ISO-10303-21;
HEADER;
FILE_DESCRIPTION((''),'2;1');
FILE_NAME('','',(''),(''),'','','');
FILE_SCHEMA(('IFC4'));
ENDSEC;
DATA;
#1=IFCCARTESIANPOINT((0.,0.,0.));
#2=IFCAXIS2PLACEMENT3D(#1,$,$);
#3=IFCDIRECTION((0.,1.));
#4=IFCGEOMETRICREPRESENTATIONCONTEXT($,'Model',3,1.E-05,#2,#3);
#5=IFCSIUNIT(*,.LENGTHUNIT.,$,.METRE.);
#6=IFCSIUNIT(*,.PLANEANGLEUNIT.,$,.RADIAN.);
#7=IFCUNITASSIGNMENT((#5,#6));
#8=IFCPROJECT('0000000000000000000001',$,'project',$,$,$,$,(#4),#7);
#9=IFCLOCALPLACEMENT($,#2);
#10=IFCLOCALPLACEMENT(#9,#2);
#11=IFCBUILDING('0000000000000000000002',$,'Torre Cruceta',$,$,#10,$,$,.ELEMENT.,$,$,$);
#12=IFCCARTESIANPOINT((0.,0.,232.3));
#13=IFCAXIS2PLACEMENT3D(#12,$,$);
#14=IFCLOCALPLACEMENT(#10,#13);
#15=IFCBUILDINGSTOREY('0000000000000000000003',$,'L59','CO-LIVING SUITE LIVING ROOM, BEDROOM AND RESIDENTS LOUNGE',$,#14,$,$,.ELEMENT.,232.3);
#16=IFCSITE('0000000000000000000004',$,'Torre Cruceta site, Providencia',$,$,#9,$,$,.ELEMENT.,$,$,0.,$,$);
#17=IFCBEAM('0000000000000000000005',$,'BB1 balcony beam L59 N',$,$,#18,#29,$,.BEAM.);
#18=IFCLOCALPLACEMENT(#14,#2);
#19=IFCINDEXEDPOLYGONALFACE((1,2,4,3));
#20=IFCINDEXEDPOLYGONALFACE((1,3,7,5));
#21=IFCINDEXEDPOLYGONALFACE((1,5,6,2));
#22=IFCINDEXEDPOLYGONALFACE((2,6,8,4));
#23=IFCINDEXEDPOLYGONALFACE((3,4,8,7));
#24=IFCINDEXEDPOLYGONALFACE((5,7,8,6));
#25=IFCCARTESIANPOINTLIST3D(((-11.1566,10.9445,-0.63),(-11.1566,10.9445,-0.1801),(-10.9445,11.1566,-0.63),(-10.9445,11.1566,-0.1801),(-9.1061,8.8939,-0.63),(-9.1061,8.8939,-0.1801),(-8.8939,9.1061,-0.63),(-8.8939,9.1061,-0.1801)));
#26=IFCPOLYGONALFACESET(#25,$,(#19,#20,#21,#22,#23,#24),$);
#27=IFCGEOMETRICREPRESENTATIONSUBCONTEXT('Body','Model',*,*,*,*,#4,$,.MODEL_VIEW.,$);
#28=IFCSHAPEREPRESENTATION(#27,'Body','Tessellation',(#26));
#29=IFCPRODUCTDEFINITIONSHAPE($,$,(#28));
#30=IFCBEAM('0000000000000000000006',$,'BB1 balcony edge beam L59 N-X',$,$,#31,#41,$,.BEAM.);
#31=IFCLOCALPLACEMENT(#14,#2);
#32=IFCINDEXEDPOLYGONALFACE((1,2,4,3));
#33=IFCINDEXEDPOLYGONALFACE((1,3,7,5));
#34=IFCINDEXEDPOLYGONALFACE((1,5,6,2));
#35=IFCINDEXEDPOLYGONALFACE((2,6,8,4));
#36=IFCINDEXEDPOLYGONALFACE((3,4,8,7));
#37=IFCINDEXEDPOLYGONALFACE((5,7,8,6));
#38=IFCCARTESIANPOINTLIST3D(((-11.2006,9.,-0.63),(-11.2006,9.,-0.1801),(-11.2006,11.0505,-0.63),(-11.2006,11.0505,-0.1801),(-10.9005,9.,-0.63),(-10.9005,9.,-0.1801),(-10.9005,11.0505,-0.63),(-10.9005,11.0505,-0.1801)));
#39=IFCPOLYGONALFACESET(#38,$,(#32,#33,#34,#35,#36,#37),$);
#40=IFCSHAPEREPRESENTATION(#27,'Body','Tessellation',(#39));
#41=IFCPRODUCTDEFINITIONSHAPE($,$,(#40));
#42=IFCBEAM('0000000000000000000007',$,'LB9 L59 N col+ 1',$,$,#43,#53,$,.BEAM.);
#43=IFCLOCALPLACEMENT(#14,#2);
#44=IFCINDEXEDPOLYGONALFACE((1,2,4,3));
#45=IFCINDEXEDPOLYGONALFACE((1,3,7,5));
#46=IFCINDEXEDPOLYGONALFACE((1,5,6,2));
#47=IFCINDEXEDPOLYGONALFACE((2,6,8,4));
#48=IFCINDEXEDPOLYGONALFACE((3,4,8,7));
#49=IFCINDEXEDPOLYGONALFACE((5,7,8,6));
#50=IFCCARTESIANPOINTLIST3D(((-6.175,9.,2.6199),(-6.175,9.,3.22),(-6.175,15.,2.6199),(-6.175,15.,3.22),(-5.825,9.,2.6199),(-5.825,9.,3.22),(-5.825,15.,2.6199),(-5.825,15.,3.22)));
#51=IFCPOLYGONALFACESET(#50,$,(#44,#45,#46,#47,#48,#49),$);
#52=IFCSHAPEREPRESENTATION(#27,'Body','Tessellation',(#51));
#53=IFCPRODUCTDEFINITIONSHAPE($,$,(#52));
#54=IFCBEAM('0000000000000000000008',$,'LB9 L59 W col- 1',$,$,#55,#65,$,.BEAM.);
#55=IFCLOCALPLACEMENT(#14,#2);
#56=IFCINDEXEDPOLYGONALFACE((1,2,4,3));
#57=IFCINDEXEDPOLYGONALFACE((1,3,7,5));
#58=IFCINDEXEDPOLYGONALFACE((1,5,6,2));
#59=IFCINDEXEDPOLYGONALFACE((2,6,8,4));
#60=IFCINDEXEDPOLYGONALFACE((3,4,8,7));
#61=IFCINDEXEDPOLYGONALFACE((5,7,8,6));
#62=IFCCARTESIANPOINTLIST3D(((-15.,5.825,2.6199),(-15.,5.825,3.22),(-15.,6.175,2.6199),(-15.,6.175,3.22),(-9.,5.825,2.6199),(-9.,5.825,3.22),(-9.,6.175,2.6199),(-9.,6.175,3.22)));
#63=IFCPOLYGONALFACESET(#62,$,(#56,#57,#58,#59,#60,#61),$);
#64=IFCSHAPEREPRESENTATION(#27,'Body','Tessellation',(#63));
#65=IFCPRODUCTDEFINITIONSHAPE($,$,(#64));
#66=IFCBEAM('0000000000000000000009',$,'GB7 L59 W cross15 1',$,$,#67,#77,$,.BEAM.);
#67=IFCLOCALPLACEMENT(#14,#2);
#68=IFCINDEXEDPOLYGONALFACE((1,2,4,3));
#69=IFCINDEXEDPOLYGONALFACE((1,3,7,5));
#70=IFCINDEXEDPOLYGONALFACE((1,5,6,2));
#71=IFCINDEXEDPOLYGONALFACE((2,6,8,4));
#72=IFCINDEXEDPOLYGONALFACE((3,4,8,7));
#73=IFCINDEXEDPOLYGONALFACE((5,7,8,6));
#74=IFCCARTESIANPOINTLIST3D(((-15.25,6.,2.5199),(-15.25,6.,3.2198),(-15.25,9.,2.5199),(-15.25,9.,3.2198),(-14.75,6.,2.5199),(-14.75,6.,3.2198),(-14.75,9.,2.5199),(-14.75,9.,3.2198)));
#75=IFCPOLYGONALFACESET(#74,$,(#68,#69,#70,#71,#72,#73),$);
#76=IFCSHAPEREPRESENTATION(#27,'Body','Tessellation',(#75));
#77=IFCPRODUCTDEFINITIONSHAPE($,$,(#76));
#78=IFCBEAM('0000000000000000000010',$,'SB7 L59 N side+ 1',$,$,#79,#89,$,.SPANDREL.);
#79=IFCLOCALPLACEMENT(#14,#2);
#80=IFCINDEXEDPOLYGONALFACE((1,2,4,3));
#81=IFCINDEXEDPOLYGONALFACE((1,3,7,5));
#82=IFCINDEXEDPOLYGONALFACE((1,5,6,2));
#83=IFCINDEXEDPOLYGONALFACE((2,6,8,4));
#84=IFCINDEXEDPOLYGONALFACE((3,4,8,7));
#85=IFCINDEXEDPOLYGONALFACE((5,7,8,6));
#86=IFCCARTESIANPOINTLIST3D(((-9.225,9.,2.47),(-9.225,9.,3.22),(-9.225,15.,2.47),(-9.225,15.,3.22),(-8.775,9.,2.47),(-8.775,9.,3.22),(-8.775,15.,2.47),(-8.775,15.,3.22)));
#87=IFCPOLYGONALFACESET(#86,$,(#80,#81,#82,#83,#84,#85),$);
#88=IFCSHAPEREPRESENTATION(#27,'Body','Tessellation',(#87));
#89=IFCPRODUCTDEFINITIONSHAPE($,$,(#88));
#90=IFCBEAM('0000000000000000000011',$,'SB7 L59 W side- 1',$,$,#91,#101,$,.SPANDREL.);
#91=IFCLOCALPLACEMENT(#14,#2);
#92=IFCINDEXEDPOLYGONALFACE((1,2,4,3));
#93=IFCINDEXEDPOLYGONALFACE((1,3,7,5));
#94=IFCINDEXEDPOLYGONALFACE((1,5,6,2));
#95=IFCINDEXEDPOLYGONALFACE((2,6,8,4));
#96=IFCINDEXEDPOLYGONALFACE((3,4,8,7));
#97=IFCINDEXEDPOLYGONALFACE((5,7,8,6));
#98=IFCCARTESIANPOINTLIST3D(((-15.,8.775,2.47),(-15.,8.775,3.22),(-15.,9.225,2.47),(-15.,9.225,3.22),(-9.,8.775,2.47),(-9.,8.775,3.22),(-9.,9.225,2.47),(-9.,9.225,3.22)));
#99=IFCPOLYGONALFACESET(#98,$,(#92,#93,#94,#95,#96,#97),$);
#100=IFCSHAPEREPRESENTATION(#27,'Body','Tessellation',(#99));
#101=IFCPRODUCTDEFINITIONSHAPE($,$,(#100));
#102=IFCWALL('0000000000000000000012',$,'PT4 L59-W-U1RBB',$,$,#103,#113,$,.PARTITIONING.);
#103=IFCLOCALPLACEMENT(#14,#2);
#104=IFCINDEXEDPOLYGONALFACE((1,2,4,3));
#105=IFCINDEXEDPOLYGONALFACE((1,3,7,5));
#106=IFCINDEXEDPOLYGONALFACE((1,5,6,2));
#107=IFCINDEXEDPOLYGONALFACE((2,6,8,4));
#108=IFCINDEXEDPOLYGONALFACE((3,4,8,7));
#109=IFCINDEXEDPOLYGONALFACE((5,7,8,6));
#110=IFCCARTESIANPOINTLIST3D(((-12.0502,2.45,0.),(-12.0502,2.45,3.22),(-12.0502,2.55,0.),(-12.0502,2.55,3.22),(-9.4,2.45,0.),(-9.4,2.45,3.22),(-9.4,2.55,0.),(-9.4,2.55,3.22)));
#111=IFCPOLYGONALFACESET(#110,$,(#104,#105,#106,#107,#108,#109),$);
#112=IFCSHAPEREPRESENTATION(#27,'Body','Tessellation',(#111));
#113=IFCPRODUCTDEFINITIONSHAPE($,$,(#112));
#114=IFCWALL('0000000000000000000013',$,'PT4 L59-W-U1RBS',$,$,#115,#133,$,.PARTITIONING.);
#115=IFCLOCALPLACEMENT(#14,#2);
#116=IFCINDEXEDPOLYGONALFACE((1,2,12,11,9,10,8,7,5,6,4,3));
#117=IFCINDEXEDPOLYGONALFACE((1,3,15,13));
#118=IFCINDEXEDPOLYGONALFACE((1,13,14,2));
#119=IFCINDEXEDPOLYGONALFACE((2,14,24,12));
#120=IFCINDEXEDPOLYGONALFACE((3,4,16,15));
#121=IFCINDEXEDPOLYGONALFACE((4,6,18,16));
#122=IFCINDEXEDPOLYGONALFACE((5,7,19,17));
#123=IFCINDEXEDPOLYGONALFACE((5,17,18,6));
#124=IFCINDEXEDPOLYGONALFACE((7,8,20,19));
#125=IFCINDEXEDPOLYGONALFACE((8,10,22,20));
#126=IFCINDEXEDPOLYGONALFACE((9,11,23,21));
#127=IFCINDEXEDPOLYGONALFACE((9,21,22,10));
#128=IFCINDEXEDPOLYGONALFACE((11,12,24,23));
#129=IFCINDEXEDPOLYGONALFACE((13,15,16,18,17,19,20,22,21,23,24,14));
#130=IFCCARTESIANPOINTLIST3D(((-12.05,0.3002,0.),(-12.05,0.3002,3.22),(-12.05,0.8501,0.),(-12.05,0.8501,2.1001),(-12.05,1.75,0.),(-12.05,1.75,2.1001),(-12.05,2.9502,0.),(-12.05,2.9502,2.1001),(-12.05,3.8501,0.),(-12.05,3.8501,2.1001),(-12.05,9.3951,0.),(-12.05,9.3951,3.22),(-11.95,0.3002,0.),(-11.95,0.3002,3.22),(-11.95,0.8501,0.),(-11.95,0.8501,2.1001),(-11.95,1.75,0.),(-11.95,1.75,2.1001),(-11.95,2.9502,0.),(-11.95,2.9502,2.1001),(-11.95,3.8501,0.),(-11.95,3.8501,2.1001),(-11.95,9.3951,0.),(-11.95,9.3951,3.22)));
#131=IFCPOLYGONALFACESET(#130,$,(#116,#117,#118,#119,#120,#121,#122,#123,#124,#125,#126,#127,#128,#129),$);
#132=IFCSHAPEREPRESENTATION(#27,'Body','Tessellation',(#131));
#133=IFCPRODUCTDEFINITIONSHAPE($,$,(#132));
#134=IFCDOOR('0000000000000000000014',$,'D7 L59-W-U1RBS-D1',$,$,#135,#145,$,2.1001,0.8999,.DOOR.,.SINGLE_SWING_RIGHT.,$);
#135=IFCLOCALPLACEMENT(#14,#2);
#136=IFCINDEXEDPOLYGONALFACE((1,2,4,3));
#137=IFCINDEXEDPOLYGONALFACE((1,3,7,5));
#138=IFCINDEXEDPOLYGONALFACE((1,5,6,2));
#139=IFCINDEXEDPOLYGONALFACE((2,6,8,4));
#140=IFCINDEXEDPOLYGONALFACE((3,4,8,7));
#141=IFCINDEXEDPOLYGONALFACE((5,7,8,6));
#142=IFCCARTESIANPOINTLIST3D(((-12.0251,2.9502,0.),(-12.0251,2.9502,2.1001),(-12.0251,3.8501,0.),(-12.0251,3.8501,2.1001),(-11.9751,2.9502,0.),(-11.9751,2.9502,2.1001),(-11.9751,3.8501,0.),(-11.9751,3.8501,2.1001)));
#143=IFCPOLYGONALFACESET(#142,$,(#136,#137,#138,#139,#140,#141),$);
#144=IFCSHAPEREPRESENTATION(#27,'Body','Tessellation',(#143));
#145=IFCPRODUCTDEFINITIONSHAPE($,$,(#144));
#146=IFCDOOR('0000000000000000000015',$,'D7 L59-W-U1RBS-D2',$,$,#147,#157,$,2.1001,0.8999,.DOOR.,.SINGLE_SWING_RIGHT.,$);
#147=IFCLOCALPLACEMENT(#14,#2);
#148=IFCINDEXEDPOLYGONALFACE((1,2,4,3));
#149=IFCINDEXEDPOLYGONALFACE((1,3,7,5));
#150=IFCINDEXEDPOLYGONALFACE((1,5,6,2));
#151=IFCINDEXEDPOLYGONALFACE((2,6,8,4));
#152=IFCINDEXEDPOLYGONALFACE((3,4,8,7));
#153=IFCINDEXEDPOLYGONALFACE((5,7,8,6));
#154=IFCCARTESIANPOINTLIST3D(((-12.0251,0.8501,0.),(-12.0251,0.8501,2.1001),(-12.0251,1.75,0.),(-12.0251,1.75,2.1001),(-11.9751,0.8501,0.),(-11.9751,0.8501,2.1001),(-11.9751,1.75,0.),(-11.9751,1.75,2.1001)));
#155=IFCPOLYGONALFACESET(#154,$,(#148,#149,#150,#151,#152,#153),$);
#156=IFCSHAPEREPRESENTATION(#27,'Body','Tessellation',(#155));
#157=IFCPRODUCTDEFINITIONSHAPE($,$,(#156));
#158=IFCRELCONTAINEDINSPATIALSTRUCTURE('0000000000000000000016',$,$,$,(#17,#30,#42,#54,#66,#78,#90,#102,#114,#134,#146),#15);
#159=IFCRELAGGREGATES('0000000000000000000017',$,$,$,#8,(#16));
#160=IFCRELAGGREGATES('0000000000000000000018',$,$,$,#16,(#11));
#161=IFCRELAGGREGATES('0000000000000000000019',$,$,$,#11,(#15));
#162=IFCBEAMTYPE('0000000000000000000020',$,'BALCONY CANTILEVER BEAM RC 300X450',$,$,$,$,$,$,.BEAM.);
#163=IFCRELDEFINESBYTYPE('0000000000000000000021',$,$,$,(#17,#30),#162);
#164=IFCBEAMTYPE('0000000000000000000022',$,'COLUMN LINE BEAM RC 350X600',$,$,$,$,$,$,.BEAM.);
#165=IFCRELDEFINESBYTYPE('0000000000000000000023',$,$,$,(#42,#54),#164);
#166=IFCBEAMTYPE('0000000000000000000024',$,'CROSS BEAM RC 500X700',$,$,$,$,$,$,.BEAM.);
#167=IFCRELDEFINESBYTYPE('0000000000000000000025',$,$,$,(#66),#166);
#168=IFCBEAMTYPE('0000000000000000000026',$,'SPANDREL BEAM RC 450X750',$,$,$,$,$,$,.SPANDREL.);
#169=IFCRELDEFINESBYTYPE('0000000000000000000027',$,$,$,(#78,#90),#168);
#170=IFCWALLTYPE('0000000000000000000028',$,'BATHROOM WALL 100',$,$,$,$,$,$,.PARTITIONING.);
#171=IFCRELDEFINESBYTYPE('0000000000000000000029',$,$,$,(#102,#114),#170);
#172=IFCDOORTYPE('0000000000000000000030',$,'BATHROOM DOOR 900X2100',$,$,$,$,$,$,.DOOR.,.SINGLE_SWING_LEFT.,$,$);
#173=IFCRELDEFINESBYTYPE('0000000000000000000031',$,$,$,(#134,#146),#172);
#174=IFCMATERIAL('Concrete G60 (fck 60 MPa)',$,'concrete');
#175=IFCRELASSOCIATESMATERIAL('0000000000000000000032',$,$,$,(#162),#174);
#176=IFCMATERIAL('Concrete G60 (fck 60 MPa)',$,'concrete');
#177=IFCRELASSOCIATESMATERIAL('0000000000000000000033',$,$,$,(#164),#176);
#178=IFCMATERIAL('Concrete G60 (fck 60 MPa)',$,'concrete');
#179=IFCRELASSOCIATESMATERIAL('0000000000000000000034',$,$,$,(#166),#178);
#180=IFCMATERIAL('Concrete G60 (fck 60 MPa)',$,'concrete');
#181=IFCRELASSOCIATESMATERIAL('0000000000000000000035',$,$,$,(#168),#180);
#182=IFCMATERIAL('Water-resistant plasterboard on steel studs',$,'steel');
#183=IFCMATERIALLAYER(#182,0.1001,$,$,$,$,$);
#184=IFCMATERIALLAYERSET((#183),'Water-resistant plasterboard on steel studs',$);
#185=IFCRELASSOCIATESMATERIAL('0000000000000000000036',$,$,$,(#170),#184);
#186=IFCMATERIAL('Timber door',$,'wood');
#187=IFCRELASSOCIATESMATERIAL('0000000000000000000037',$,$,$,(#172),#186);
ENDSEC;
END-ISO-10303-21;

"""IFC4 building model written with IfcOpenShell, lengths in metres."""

from ifc_helpers import new_model, si_unit, direction, frame, frame_2d, origin, origin_2d, place, context, subcontext, project, spatial, rectangle, extrude, material, layer, layer_set, material_profile, profile_set, type_object, element, fill, save


model = new_model("IFC4")

# Units and contexts
model_context = context("Model", 3, precision=1e-05, world=origin(), true_north=direction((0.0, 1.0)))
body_context = subcontext(model_context, "Body", "Model", "MODEL_VIEW")
ifc_project = project(units=[si_unit("LENGTHUNIT", "METRE"), si_unit("PLANEANGLEUNIT", "RADIAN")], contexts=[model_context])

# Site, building, storey
site_placement = place(None, origin())
site = spatial("IfcSite", under=ifc_project, at=site_placement, Name="Torre Cruceta site, Providencia", CompositionType="ELEMENT", RefElevation=0.0)
building_placement = place(site_placement, origin())
building = spatial("IfcBuilding", under=site, at=building_placement, Name="Torre Cruceta", CompositionType="ELEMENT")
storey_placement = place(building_placement, frame((0.0, 0.0, 232.3)))
storey = spatial("IfcBuildingStorey", under=building, at=storey_placement, Name="L59", Description="CO-LIVING SUITE LIVING ROOM, BEDROOM AND RESIDENTS LOUNGE", CompositionType="ELEMENT", Elevation=232.3)

# Beams
ifc_material_1 = material(Name="Concrete G60 (fck 60 MPa)", Category="concrete")
ifc_material_profile_1 = material_profile(ifc_material_1, rectangle(XDim=0.3, YDim=0.45, at=origin_2d()), Name="RC 300X450")
ifc_profile_set_1 = profile_set([ifc_material_profile_1], Name="Concrete G60 (fck 60 MPa)")
beam_type_1 = type_object("IfcBeamType", Name="BALCONY CANTILEVER BEAM RC 300X450", PredefinedType="BEAM", material=ifc_profile_set_1)
beam_1_placement = place(storey_placement, frame((-9.0, 9.0, -0.405), z_axis=(-0.707107, 0.707107, 0.0), x_axis=(-0.707107, -0.707107, 0.0)))
element("IfcBeam", 1, at=beam_1_placement, inside=storey, type_object=beam_type_1, Name="BB1 balcony beam L59 N", PredefinedType="BEAM", context=body_context, shape_type="SweptSolid", body=[
    extrude(rectangle(XDim=0.3, YDim=0.45, at=origin_2d()), origin(), (0.0, 0.0, 1.0), 2.8999),
])
beam_2_placement = place(storey_placement, frame((-11.0505, 9.0, -0.405), z_axis=(0.0, 1.0, 0.0), x_axis=(-1.0, 0.0, 0.0)))
element("IfcBeam", 2, at=beam_2_placement, inside=storey, type_object=beam_type_1, Name="BB1 balcony edge beam L59 N-X", PredefinedType="BEAM", context=body_context, shape_type="SweptSolid", body=[
    extrude(rectangle(XDim=0.3, YDim=0.45, at=origin_2d()), origin(), (0.0, 0.0, 1.0), 2.0505),
])
ifc_material_2 = material(Name="Concrete G60 (fck 60 MPa)", Category="concrete")
ifc_material_profile_2 = material_profile(ifc_material_2, rectangle(XDim=0.3501, YDim=0.6001, at=origin_2d()), Name="RC 350X600")
ifc_profile_set_2 = profile_set([ifc_material_profile_2], Name="Concrete G60 (fck 60 MPa)")
beam_type_2 = type_object("IfcBeamType", Name="COLUMN LINE BEAM RC 350X600", PredefinedType="BEAM", material=ifc_profile_set_2)
for number, where, z_axis, x_axis, name in (
    (3, (-6.0, 9.0, 2.9199), (0.0, 1.0, 0.0), (-1.0, 0.0, 0.0), "LB9 L59 N col+ 1"),
    (4, (-9.0, 6.0, 2.9199), (-1.0, 0.0, 0.0), (0.0, -1.0, 0.0), "LB9 L59 W col- 1"),
):
    element("IfcBeam", number, at=place(storey_placement, frame(where, z_axis=z_axis, x_axis=x_axis)), inside=storey, type_object=beam_type_2, Name=name, PredefinedType="BEAM", context=body_context, shape_type="SweptSolid", body=[
        extrude(rectangle(XDim=0.3501, YDim=0.6001, at=origin_2d()), origin(), (0.0, 0.0, 1.0), 6.0),
    ])
ifc_material_3 = material(Name="Concrete G60 (fck 60 MPa)", Category="concrete")
ifc_material_profile_3 = material_profile(ifc_material_3, rectangle(XDim=0.5, YDim=0.7, at=origin_2d()), Name="RC 500X700")
ifc_profile_set_3 = profile_set([ifc_material_profile_3], Name="Concrete G60 (fck 60 MPa)")
beam_type_3 = type_object("IfcBeamType", Name="CROSS BEAM RC 500X700", PredefinedType="BEAM", material=ifc_profile_set_3)
beam_3_placement = place(storey_placement, frame((-15.0, 9.0, 2.8699), z_axis=(0.0, -1.0, 0.0), x_axis=(1.0, 0.0, 0.0)))
element("IfcBeam", 5, at=beam_3_placement, inside=storey, type_object=beam_type_3, Name="GB7 L59 W cross15 1", PredefinedType="BEAM", context=body_context, shape_type="SweptSolid", body=[
    extrude(rectangle(XDim=0.5, YDim=0.7, at=origin_2d()), origin(), (0.0, 0.0, 1.0), 3.0),
])
ifc_material_4 = material(Name="Concrete G60 (fck 60 MPa)", Category="concrete")
ifc_material_profile_4 = material_profile(ifc_material_4, rectangle(XDim=0.45, YDim=0.75, at=origin_2d()), Name="RC 450X750")
ifc_profile_set_4 = profile_set([ifc_material_profile_4], Name="Concrete G60 (fck 60 MPa)")
beam_type_4 = type_object("IfcBeamType", Name="SPANDREL BEAM RC 450X750", PredefinedType="SPANDREL", material=ifc_profile_set_4)
for number, where, z_axis, x_axis, name in (
    (6, (-9.0, 9.0, 2.845), (0.0, 1.0, 0.0), (-1.0, 0.0, 0.0), "SB7 L59 N side+ 1"),
    (7, (-9.0, 9.0, 2.845), (-1.0, 0.0, 0.0), (0.0, -1.0, 0.0), "SB7 L59 W side- 1"),
):
    element("IfcBeam", number, at=place(storey_placement, frame(where, z_axis=z_axis, x_axis=x_axis)), inside=storey, type_object=beam_type_4, Name=name, PredefinedType="SPANDREL", context=body_context, shape_type="SweptSolid", body=[
        extrude(rectangle(XDim=0.45, YDim=0.75, at=origin_2d()), origin(), (0.0, 0.0, 1.0), 6.0),
    ])

# Wall
ifc_material_5 = material(Name="Water-resistant plasterboard on steel studs", Category="steel")
ifc_layer_1 = layer(ifc_material_5, 0.1001)
ifc_layer_set_1 = layer_set([ifc_layer_1], Name="Water-resistant plasterboard on steel studs")
wall_type_1 = type_object("IfcWallType", Name="BATHROOM WALL 100", PredefinedType="PARTITIONING", material=ifc_layer_set_1)
wall_1_placement = place(storey_placement, frame((-9.3999, 2.5, 0.0), z_axis=(0.0, 0.0, 1.0), x_axis=(-1.0, 0.0, 0.0)))
element("IfcWall", 8, at=wall_1_placement, inside=storey, type_object=wall_type_1, Name="PT4 L59-W-U1RBB", PredefinedType="PARTITIONING", context=body_context, shape_type="SweptSolid", body=[
    extrude(rectangle(XDim=2.6501, YDim=0.1001, at=frame_2d((1.3252, 0.0))), origin(), (0.0, 0.0, 1.0), 3.22),
])

# Wall, openings, doors
wall_2_placement = place(storey_placement, frame((-12.0, 9.395, 0.0), z_axis=(0.0, 0.0, 1.0), x_axis=(0.0, -1.0, 0.0)))
wall_2 = element("IfcWall", 9, at=wall_2_placement, inside=storey, type_object=wall_type_1, Name="PT4 L59-W-U1RBS", PredefinedType="PARTITIONING", context=body_context, shape_type="SweptSolid", body=[
    extrude(rectangle(XDim=9.095, YDim=0.1001, at=frame_2d((4.5474, 0.0))), origin(), (0.0, 0.0, 1.0), 3.22),
])
opening_1_placement = place(wall_2_placement, frame((5.5449, 0.0, 0.0)))
opening_1 = element("IfcOpeningElement", 10, at=opening_1_placement, cuts=wall_2, PredefinedType="OPENING", context=body_context, shape_type="SweptSolid", body=[
    extrude(rectangle(XDim=0.8999, YDim=2.1001, at=frame_2d((0.45, 1.05))), frame((0.0, 0.0601, 0.0), z_axis=(0.0, -1.0, 0.0), x_axis=(1.0, 0.0, 0.0)), (0.0, 0.0, 1.0), 0.1201),
])
opening_2_placement = place(wall_2_placement, frame((7.645, 0.0, 0.0)))
opening_2 = element("IfcOpeningElement", 11, at=opening_2_placement, cuts=wall_2, PredefinedType="OPENING", context=body_context, shape_type="SweptSolid", body=[
    extrude(rectangle(XDim=0.8999, YDim=2.1001, at=frame_2d((0.45, 1.05))), frame((0.0, 0.0601, 0.0), z_axis=(0.0, -1.0, 0.0), x_axis=(1.0, 0.0, 0.0)), (0.0, 0.0, 1.0), 0.1201),
])
ifc_material_6 = material(Name="Timber door", Category="wood")
door_type_1 = type_object("IfcDoorType", Name="BATHROOM DOOR 900X2100", OperationType="SINGLE_SWING_LEFT", PredefinedType="DOOR", material=ifc_material_6)
door_1_placement = place(opening_1_placement, origin())
door_1 = element("IfcDoor", 12, at=door_1_placement, inside=storey, type_object=door_type_1, Name="D7 L59-W-U1RBS-D1", OperationType="SINGLE_SWING_RIGHT", OverallHeight=2.1001, OverallWidth=0.8999, PredefinedType="DOOR", context=body_context, shape_type="SweptSolid", body=[
    extrude(rectangle(XDim=0.8999, YDim=2.1001, at=frame_2d((0.45, 1.05))), frame((0.0, 0.0249, 0.0), z_axis=(0.0, -1.0, 0.0), x_axis=(1.0, 0.0, 0.0)), (0.0, 0.0, 1.0), 0.05),
])
fill(opening_1, door_1)
door_2_placement = place(opening_2_placement, origin())
door_2 = element("IfcDoor", 13, at=door_2_placement, inside=storey, type_object=door_type_1, Name="D7 L59-W-U1RBS-D2", OperationType="SINGLE_SWING_RIGHT", OverallHeight=2.1001, OverallWidth=0.8999, PredefinedType="DOOR", context=body_context, shape_type="SweptSolid", body=[
    extrude(rectangle(XDim=0.8999, YDim=2.1001, at=frame_2d((0.45, 1.05))), frame((0.0, 0.0249, 0.0), z_axis=(0.0, -1.0, 0.0), x_axis=(1.0, 0.0, 0.0)), (0.0, 0.0, 1.0), 0.05),
])
fill(opening_2, door_2)

save(model, "model.ifc")
